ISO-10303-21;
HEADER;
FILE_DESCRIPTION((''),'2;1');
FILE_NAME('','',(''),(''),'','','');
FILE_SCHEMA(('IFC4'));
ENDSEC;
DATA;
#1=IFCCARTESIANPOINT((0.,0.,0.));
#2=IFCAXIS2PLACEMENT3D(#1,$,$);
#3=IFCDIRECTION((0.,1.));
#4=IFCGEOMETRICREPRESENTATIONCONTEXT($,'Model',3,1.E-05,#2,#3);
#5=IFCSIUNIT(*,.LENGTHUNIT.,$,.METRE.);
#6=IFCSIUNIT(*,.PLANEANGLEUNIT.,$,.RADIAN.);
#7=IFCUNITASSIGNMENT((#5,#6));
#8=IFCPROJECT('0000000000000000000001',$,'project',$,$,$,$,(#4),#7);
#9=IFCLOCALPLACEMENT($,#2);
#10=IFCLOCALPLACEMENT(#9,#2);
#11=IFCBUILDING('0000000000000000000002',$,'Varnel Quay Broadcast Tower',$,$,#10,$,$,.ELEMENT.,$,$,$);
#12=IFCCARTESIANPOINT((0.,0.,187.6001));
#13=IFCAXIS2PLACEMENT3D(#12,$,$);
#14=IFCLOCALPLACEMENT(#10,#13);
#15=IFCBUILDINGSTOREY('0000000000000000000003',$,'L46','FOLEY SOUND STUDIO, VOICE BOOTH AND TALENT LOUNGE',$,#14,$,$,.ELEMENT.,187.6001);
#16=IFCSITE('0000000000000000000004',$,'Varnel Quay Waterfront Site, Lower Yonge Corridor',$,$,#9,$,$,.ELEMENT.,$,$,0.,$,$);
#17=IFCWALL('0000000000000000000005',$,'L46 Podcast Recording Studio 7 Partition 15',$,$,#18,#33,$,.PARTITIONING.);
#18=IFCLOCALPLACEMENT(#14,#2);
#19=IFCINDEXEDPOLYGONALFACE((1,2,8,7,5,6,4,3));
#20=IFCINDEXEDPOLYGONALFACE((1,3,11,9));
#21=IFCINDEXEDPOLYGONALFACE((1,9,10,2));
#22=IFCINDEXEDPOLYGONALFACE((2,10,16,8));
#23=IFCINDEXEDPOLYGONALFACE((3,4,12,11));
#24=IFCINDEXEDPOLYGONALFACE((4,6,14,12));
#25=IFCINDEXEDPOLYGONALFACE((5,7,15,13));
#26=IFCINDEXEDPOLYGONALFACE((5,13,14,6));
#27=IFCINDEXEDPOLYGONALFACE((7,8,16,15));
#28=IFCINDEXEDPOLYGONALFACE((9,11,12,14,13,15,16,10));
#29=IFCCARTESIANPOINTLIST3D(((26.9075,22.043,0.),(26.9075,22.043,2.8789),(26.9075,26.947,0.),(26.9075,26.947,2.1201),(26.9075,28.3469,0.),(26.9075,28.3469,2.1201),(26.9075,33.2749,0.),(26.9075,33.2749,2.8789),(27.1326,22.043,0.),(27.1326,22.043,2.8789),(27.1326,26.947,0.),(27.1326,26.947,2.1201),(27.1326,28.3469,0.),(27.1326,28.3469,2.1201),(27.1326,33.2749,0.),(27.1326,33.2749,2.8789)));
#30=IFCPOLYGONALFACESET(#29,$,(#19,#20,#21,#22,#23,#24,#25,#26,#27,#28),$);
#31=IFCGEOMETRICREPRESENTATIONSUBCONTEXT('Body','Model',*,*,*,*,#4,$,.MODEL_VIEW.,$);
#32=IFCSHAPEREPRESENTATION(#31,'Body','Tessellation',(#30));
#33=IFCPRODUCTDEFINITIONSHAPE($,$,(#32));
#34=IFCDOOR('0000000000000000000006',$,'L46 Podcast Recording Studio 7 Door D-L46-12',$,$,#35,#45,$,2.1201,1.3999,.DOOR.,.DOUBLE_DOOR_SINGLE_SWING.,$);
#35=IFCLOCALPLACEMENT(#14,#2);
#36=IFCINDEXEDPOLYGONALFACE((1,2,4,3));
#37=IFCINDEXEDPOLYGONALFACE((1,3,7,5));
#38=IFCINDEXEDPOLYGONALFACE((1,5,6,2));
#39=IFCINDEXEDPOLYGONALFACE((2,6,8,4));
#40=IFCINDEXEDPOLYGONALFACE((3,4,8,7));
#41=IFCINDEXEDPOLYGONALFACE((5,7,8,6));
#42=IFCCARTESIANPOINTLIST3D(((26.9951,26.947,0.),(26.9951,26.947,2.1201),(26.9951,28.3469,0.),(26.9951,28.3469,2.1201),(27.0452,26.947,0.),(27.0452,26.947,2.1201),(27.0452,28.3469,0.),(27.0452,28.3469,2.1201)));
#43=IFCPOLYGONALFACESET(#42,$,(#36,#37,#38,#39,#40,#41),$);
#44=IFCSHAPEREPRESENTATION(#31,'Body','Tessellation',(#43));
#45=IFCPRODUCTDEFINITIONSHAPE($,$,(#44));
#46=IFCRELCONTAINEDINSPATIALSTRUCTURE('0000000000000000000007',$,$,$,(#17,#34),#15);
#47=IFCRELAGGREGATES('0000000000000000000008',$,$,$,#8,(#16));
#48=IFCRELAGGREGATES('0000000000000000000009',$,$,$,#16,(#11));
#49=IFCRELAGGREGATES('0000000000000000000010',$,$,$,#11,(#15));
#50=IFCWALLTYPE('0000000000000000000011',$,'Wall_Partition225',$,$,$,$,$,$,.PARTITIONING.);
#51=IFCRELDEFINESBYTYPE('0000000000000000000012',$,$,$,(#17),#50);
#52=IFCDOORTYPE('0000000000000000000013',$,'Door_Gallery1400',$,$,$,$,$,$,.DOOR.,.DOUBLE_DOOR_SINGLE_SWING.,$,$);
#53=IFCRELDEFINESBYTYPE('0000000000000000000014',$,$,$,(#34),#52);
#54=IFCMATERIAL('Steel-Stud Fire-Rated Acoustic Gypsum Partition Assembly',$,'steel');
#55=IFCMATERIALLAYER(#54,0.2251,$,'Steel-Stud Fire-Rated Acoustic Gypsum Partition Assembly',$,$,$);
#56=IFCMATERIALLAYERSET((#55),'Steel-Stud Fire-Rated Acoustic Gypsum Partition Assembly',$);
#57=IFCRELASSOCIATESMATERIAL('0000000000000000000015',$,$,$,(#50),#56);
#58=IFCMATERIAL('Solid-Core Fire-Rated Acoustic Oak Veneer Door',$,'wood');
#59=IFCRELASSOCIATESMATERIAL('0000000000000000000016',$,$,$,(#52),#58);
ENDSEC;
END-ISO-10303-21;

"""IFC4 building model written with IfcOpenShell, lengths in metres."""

from ifc_helpers import new_model, si_unit, direction, frame, frame_2d, origin, place, context, subcontext, project, spatial, rectangle, extrude, source, transform, mapped, material, layer, layer_set, type_object, type_shapes, element, fill, save


model = new_model("IFC4")

# Units and contexts
model_context = context("Model", 3, precision=1e-05, world=origin(), true_north=direction((0.0, 1.0)))
body_context = subcontext(model_context, "Body", "Model", "MODEL_VIEW")
ifc_project = project(units=[si_unit("LENGTHUNIT", "METRE"), si_unit("PLANEANGLEUNIT", "RADIAN")], contexts=[model_context])

# Site, building, storey
site_placement = place(None, origin())
site = spatial("IfcSite", under=ifc_project, at=site_placement, Name="Varnel Quay Waterfront Site, Lower Yonge Corridor", CompositionType="ELEMENT", RefElevation=0.0)
building_placement = place(site_placement, origin())
building = spatial("IfcBuilding", under=site, at=building_placement, Name="Varnel Quay Broadcast Tower", CompositionType="ELEMENT")
storey_placement = place(building_placement, frame((0.0, 0.0, 187.6001)))
storey = spatial("IfcBuildingStorey", under=building, at=storey_placement, Name="L46", Description="FOLEY SOUND STUDIO, VOICE BOOTH AND TALENT LOUNGE", CompositionType="ELEMENT", Elevation=187.6001)

# Shared definitions
ifc_material_1 = material(Name="Steel-Stud Fire-Rated Acoustic Gypsum Partition Assembly", Category="steel")

# Wall, opening, door
ifc_layer_1 = layer(ifc_material_1, 0.2251, Name="Steel-Stud Fire-Rated Acoustic Gypsum Partition Assembly")
ifc_layer_set_1 = layer_set([ifc_layer_1], Name="Steel-Stud Fire-Rated Acoustic Gypsum Partition Assembly")
wall_type_1 = type_object("IfcWallType", Name="Wall_Partition225", PredefinedType="PARTITIONING", material=ifc_layer_set_1)
wall_1_placement = place(storey_placement, frame((27.02, 22.043, 0.0), z_axis=(0.0, 0.0, 1.0), x_axis=(0.0, 1.0, 0.0)))
wall_1 = element("IfcWall", 1, at=wall_1_placement, inside=storey, type_object=wall_type_1, Name="L46 Podcast Recording Studio 7 Partition 15", PredefinedType="PARTITIONING", context=body_context, shape_type="SweptSolid", body=[
    extrude(rectangle(XDim=11.2319, YDim=0.2251, at=frame_2d((5.616, 0.0))), origin(), (0.0, 0.0, 1.0), 2.8789),
])
opening_1_placement = place(wall_1_placement, frame((4.9041, 0.0, 0.0)))
opening_1 = element("IfcOpeningElement", 2, at=opening_1_placement, cuts=wall_1, PredefinedType="OPENING", context=body_context, shape_type="SweptSolid", body=[
    extrude(rectangle(XDim=1.3999, YDim=2.1201, at=frame_2d((0.7, 1.0601))), frame((0.0, 0.1226, 0.0), z_axis=(0.0, -1.0, 0.0), x_axis=(1.0, 0.0, 0.0)), (0.0, 0.0, 1.0), 0.2451),
])
ifc_material_2 = material(Name="Solid-Core Fire-Rated Acoustic Oak Veneer Door", Category="wood")
door_type_1 = type_object("IfcDoorType", Name="Door_Gallery1400", OperationType="DOUBLE_DOOR_SINGLE_SWING", PredefinedType="DOOR", material=ifc_material_2)
shared_shape_1 = source(origin(), body_context, "Body", "SweptSolid", [
    extrude(rectangle(XDim=1.3999, YDim=2.1201, at=frame_2d((0.7, 1.0601))), frame((0.0, 0.0249, 0.0), z_axis=(0.0, -1.0, 0.0), x_axis=(1.0, 0.0, 0.0)), (0.0, 0.0, 1.0), 0.05),
])
type_shapes(door_type_1, [shared_shape_1])
door_1_placement = place(opening_1_placement, origin())
door_1 = element("IfcDoor", 3, at=door_1_placement, inside=storey, type_object=door_type_1, Name="L46 Podcast Recording Studio 7 Door D-L46-12", OperationType="DOUBLE_DOOR_SINGLE_SWING", OverallHeight=2.1201, OverallWidth=1.3999, PredefinedType="DOOR", context=body_context, shape_type="MappedRepresentation", body=[
    mapped(shared_shape_1, transform((0.0, 0.0, 0.0), x_axis=(1.0, 0.0, 0.0), y_axis=(0.0, 1.0, 0.0), z_axis=(0.0, 0.0, 1.0), scale=1.0)),
])
fill(opening_1, door_1)

save(model, "model.ifc")
